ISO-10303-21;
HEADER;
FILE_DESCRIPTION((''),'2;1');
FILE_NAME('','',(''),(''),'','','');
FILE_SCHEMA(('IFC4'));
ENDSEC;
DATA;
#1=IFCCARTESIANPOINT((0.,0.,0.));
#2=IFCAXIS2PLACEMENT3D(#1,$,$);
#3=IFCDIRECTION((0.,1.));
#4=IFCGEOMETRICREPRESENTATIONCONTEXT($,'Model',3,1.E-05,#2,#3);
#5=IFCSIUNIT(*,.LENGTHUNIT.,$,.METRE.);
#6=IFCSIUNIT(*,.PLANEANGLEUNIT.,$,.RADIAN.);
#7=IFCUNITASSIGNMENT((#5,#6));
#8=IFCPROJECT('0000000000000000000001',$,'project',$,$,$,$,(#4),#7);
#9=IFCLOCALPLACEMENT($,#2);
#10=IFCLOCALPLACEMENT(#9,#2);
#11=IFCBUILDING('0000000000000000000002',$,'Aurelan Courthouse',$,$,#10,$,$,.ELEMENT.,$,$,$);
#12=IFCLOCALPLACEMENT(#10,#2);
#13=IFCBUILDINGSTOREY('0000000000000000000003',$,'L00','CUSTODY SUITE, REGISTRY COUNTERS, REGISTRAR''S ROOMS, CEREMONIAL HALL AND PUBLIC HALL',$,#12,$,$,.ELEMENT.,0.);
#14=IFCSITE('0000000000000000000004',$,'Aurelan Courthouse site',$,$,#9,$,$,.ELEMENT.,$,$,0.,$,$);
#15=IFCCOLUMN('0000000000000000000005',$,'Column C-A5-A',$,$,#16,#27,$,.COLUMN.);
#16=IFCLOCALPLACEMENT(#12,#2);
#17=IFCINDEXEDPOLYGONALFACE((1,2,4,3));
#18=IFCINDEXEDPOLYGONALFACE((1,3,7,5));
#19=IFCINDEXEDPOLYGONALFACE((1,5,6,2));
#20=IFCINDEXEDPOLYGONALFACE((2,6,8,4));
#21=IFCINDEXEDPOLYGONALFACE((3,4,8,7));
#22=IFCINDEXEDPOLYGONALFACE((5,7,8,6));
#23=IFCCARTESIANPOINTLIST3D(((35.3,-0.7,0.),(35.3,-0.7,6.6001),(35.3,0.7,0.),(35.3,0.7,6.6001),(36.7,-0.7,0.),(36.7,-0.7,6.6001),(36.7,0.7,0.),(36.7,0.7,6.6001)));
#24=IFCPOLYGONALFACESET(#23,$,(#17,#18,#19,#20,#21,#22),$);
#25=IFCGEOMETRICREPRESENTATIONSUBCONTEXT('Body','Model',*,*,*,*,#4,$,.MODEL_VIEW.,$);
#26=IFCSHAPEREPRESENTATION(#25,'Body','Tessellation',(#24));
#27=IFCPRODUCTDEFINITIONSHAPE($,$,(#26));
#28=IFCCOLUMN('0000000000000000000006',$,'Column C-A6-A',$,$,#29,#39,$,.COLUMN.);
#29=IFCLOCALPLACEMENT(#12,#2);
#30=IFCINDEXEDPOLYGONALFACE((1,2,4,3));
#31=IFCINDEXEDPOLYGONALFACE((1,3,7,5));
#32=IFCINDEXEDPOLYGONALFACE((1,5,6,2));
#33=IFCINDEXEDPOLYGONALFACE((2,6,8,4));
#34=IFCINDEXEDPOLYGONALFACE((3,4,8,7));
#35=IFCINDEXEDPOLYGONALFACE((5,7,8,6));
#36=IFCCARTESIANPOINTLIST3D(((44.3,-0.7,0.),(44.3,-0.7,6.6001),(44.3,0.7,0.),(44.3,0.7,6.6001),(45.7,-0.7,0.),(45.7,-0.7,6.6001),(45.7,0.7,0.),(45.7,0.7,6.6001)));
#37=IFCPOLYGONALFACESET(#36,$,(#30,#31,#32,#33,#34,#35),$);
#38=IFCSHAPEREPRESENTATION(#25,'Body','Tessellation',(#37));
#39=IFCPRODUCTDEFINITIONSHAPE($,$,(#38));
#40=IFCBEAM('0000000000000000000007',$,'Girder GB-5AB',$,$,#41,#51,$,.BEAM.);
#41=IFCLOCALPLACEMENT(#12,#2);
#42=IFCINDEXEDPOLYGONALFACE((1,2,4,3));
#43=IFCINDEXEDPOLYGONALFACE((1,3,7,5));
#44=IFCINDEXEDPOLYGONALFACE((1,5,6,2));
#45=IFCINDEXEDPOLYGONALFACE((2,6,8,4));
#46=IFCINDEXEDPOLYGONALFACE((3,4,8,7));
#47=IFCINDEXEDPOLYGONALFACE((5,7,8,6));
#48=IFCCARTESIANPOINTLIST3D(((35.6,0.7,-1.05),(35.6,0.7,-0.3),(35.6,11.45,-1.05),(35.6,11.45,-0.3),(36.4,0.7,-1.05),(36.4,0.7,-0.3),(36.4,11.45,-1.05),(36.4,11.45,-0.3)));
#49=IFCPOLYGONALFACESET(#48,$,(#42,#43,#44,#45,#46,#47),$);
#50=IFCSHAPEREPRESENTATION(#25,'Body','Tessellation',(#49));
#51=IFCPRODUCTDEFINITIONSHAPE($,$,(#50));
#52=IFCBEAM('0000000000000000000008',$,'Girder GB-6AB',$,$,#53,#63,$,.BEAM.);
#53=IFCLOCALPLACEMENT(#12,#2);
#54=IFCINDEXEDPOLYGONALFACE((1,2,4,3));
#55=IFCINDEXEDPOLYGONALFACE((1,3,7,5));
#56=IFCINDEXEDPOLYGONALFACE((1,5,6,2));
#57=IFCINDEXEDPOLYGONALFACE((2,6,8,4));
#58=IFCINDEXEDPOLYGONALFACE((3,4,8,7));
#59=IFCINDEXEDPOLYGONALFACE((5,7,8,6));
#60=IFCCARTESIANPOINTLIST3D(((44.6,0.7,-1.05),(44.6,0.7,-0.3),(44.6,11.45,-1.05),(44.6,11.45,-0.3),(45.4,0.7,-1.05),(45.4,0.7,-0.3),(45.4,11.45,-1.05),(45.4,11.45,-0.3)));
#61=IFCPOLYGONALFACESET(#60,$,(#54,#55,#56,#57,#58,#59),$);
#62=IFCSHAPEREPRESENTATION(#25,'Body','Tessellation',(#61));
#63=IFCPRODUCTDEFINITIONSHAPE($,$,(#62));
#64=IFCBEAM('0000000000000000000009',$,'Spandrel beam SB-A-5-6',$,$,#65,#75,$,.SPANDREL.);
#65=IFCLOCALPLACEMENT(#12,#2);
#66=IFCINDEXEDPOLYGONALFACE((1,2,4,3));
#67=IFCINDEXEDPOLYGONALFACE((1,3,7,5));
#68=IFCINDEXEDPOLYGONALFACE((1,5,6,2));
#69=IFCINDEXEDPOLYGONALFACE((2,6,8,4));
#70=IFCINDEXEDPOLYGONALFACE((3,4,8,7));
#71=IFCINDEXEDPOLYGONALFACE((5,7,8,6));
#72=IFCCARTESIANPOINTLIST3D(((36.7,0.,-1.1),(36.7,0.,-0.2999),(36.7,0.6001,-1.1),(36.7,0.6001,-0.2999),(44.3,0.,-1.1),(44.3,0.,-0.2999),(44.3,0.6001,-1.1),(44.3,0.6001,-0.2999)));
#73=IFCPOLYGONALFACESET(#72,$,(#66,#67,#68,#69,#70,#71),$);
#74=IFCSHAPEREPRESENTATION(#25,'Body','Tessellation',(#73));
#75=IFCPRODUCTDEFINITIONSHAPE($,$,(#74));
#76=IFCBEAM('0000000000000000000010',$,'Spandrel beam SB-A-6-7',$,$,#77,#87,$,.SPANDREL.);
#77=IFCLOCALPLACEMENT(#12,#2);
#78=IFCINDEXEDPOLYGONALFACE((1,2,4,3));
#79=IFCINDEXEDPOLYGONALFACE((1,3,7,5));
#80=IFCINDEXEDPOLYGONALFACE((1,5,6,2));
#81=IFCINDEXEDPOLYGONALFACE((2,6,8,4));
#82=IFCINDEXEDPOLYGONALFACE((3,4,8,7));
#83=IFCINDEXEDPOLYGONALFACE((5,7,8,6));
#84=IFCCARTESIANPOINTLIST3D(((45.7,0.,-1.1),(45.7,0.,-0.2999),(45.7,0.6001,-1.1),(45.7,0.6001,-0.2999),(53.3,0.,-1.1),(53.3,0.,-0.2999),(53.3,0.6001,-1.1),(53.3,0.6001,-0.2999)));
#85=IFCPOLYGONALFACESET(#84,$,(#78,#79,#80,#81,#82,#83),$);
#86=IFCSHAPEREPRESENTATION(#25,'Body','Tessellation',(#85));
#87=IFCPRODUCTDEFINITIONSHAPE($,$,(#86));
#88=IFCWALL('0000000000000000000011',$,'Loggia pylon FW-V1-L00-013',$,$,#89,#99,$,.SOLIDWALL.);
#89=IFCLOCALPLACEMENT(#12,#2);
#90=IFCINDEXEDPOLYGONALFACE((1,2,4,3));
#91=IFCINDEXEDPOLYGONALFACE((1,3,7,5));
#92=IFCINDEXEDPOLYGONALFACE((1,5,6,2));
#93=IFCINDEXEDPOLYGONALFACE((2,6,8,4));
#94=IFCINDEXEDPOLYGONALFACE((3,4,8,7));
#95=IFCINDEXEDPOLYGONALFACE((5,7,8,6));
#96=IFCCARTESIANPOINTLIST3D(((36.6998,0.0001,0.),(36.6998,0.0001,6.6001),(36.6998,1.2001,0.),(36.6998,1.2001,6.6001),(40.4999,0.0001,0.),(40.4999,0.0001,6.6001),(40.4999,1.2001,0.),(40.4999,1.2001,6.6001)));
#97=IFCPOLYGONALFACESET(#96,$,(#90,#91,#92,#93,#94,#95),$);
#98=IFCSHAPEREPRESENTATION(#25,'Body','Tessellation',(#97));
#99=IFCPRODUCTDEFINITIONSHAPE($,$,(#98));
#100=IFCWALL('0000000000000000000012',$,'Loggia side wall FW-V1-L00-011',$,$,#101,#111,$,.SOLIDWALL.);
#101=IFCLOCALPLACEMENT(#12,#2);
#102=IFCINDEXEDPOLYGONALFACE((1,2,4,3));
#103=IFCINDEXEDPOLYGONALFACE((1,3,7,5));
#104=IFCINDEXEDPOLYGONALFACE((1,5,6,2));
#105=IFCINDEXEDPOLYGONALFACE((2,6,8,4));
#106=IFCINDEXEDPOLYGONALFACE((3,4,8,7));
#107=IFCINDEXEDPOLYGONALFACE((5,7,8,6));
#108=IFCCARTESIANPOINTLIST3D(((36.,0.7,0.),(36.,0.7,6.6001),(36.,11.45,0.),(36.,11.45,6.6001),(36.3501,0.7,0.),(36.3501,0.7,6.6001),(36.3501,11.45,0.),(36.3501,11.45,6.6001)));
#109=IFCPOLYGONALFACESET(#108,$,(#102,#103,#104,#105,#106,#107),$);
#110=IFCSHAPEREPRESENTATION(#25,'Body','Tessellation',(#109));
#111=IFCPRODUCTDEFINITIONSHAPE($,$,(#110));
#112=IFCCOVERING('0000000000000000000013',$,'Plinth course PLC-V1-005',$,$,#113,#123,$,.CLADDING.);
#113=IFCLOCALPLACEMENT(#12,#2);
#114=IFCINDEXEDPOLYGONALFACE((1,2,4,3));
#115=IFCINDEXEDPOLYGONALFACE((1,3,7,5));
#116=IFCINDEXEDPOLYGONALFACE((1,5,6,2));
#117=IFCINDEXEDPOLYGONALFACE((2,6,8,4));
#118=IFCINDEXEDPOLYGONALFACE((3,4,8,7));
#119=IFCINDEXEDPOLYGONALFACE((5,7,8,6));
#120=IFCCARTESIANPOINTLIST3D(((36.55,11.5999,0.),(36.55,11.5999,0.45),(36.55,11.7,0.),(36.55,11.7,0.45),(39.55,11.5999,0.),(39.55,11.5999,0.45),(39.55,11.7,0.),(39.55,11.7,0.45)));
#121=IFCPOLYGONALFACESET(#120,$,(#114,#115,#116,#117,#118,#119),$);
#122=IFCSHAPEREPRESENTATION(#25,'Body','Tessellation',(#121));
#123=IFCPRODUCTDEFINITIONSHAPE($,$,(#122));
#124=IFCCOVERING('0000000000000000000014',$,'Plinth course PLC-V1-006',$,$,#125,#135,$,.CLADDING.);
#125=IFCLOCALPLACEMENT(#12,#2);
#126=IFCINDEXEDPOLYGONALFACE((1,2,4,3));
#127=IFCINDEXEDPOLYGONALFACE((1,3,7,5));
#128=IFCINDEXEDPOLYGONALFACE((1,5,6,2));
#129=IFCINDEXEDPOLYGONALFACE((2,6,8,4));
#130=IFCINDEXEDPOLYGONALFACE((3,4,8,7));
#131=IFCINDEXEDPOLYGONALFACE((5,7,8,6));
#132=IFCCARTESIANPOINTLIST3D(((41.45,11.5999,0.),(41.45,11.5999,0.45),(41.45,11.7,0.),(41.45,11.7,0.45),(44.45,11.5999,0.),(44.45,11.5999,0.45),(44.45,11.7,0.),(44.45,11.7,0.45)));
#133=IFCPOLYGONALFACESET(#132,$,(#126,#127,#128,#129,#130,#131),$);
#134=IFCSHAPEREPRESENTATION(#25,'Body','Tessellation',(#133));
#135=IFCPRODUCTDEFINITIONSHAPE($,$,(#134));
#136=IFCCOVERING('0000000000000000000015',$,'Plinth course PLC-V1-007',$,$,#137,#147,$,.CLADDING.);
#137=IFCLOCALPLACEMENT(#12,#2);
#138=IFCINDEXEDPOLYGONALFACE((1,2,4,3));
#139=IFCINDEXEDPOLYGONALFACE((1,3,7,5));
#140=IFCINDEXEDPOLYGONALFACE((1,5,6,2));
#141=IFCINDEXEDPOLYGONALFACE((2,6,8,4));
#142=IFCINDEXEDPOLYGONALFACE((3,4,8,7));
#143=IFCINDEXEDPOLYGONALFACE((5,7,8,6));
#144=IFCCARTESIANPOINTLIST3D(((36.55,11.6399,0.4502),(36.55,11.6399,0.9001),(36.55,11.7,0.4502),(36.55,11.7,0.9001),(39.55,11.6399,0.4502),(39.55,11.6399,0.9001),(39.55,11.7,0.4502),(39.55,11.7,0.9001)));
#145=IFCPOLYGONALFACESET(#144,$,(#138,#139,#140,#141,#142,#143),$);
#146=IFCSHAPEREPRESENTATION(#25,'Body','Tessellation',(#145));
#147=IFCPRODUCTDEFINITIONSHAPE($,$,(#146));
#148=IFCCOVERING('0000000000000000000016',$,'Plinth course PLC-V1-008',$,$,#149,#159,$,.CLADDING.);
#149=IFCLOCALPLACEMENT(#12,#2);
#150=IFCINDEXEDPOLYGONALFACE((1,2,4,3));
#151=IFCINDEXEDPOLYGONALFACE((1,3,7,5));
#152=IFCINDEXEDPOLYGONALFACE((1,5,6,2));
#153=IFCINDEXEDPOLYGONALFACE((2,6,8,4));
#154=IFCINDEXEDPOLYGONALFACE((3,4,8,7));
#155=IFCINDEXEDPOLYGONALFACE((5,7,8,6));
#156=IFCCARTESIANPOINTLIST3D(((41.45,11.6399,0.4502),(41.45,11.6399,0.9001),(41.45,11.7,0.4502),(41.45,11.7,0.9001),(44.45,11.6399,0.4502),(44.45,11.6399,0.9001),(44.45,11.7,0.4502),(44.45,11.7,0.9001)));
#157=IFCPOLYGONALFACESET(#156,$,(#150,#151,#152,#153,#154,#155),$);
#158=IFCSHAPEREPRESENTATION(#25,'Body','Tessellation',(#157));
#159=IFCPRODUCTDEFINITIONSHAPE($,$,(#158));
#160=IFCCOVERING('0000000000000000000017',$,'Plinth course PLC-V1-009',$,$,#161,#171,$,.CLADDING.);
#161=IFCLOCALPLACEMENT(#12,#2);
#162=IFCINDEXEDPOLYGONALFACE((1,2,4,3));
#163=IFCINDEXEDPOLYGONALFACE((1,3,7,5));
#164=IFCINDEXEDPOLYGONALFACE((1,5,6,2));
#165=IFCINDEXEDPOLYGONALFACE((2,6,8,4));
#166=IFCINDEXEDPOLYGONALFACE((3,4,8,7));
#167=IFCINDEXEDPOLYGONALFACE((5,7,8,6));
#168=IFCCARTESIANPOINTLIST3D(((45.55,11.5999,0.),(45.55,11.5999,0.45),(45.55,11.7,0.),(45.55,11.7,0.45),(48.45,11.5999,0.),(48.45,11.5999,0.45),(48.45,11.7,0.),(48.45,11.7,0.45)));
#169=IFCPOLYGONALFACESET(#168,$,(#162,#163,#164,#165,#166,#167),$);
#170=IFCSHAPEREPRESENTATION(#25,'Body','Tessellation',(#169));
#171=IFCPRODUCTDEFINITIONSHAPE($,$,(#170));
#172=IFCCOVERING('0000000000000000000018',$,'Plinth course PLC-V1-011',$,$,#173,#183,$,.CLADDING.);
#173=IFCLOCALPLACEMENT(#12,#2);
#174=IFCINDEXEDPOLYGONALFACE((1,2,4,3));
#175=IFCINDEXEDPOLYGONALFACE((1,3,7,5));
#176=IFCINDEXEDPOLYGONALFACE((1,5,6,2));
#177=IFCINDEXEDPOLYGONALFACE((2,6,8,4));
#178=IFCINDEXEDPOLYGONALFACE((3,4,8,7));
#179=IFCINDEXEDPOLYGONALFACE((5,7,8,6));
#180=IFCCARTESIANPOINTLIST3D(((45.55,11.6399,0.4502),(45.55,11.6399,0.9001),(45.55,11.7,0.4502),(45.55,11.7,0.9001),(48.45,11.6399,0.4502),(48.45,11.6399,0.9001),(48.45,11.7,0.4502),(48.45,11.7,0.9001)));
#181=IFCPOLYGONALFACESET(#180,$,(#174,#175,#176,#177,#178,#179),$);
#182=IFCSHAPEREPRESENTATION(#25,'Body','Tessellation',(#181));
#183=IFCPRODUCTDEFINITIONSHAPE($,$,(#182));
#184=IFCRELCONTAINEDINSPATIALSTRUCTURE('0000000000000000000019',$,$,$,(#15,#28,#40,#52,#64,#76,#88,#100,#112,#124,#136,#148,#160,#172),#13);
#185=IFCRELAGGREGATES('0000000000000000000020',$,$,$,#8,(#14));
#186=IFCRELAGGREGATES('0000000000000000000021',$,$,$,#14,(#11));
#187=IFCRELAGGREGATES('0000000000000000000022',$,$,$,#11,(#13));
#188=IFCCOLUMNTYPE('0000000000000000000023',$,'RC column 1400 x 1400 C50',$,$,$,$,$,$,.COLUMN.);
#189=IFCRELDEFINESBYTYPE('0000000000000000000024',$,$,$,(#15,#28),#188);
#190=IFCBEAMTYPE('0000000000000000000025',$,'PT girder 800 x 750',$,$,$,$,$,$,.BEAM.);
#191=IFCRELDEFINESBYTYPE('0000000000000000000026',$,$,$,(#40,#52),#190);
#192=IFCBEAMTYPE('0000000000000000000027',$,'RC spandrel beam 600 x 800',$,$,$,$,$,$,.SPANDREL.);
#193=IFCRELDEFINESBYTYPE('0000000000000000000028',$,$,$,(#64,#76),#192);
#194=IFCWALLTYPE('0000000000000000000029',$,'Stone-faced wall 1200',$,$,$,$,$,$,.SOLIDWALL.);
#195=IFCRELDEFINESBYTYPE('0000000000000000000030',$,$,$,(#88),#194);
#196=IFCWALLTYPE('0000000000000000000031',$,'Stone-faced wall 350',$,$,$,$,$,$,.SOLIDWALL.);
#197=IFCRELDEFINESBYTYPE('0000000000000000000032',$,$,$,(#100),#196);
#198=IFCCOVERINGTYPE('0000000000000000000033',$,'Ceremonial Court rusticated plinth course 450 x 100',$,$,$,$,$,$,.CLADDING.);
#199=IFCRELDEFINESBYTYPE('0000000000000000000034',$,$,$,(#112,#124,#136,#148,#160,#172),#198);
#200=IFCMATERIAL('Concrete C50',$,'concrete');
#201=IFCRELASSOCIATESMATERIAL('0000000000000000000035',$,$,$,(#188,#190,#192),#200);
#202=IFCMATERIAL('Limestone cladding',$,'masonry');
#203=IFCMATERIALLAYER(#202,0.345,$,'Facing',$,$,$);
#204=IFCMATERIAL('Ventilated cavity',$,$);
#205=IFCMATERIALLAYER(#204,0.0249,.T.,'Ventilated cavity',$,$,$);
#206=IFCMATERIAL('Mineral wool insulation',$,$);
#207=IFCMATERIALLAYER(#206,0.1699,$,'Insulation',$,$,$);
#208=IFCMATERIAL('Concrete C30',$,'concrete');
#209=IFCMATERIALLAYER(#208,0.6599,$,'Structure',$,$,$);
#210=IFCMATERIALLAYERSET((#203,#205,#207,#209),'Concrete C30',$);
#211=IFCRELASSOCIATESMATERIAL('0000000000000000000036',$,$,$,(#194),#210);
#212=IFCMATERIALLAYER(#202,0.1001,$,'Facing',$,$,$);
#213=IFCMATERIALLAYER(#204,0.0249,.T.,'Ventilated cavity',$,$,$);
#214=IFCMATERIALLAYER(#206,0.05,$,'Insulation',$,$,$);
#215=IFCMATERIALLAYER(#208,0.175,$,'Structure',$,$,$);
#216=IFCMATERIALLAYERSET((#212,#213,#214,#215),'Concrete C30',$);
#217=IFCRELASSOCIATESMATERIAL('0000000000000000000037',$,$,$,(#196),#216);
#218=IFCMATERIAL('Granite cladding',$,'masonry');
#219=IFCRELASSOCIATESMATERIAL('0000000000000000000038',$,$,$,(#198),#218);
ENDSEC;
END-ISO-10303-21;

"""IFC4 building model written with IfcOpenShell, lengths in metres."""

from ifc_helpers import new_model, si_unit, direction, frame, frame_2d, origin, origin_2d, place, context, subcontext, project, spatial, rectangle, extrude, material, layer, layer_set, material_profile, profile_set, type_object, element, save


model = new_model("IFC4")

# Units and contexts
model_context = context("Model", 3, precision=1e-05, world=origin(), true_north=direction((0.0, 1.0)))
body_context = subcontext(model_context, "Body", "Model", "MODEL_VIEW")
ifc_project = project(units=[si_unit("LENGTHUNIT", "METRE"), si_unit("PLANEANGLEUNIT", "RADIAN")], contexts=[model_context])

# Site, building, storey
site_placement = place(None, origin())
site = spatial("IfcSite", under=ifc_project, at=site_placement, Name="Aurelan Courthouse site", CompositionType="ELEMENT", RefElevation=0.0)
building_placement = place(site_placement, origin())
building = spatial("IfcBuilding", under=site, at=building_placement, Name="Aurelan Courthouse", CompositionType="ELEMENT")
storey_placement = place(building_placement, origin())
storey = spatial("IfcBuildingStorey", under=building, at=storey_placement, Name="L00", Description="CUSTODY SUITE, REGISTRY COUNTERS, REGISTRAR'S ROOMS, CEREMONIAL HALL AND PUBLIC HALL", CompositionType="ELEMENT", Elevation=0.0)

# Columns
ifc_material_1 = material(Name="Concrete C50", Category="concrete")
ifc_material_profile_1 = material_profile(ifc_material_1, rectangle(XDim=1.3999, YDim=1.3999, at=origin_2d()), Name="RC 1400 x 1400")
ifc_profile_set_1 = profile_set([ifc_material_profile_1], Name="Concrete C50")
column_type = type_object("IfcColumnType", Name="RC column 1400 x 1400 C50", PredefinedType="COLUMN", material=ifc_profile_set_1)
for number, where, z_axis, x_axis, name in (
    (1, (36.0, 0.0, 0.0), (0.0, 0.0, 1.0), (1.0, 0.0, 0.0), "Column C-A5-A"),
    (2, (45.0, 0.0, 0.0), (0.0, 0.0, 1.0), (1.0, 0.0, 0.0), "Column C-A6-A"),
):
    element("IfcColumn", number, at=place(storey_placement, frame(where, z_axis=z_axis, x_axis=x_axis)), inside=storey, type_object=column_type, Name=name, PredefinedType="COLUMN", context=body_context, shape_type="SweptSolid", body=[
        extrude(rectangle(XDim=1.3999, YDim=1.3999, at=origin_2d()), origin(), (0.0, 0.0, 1.0), 6.6001),
    ])

# Beams
ifc_material_profile_2 = material_profile(ifc_material_1, rectangle(XDim=0.8, YDim=0.75, at=origin_2d()), Name="RC 800 x 750")
ifc_profile_set_2 = profile_set([ifc_material_profile_2], Name="Concrete C50")
beam_type_1 = type_object("IfcBeamType", Name="PT girder 800 x 750", PredefinedType="BEAM", material=ifc_profile_set_2)
for number, where, z_axis, x_axis, name in (
    (3, (36.0, 0.7, -0.675), (0.0, 1.0, 0.0), (-1.0, 0.0, 0.0), "Girder GB-5AB"),
    (4, (45.0, 0.7, -0.675), (0.0, 1.0, 0.0), (-1.0, 0.0, 0.0), "Girder GB-6AB"),
):
    element("IfcBeam", number, at=place(storey_placement, frame(where, z_axis=z_axis, x_axis=x_axis)), inside=storey, type_object=beam_type_1, Name=name, PredefinedType="BEAM", context=body_context, shape_type="SweptSolid", body=[
        extrude(rectangle(XDim=0.8, YDim=0.75, at=origin_2d()), origin(), (0.0, 0.0, 1.0), 10.75),
    ])
ifc_material_profile_3 = material_profile(ifc_material_1, rectangle(XDim=0.6001, YDim=0.8, at=origin_2d()), Name="RC 600 x 800")
ifc_profile_set_3 = profile_set([ifc_material_profile_3], Name="Concrete C50")
beam_type_2 = type_object("IfcBeamType", Name="RC spandrel beam 600 x 800", PredefinedType="SPANDREL", material=ifc_profile_set_3)
for number, where, z_axis, x_axis, name in (
    (5, (36.7, 0.3, -0.7), (1.0, 0.0, 0.0), (0.0, 1.0, 0.0), "Spandrel beam SB-A-5-6"),
    (6, (45.7, 0.3, -0.7), (1.0, 0.0, 0.0), (0.0, 1.0, 0.0), "Spandrel beam SB-A-6-7"),
):
    element("IfcBeam", number, at=place(storey_placement, frame(where, z_axis=z_axis, x_axis=x_axis)), inside=storey, type_object=beam_type_2, Name=name, PredefinedType="SPANDREL", context=body_context, shape_type="SweptSolid", body=[
        extrude(rectangle(XDim=0.6001, YDim=0.8, at=origin_2d()), origin(), (0.0, 0.0, 1.0), 7.6001),
    ])

# Walls
ifc_material_2 = material(Name="Limestone cladding", Category="masonry")
ifc_layer_1 = layer(ifc_material_2, 0.345, Name="Facing")
ifc_material_3 = material(Name="Ventilated cavity")
ifc_layer_2 = layer(ifc_material_3, 0.0249, ventilated=True, Name="Ventilated cavity")
ifc_material_4 = material(Name="Mineral wool insulation")
ifc_layer_3 = layer(ifc_material_4, 0.1699, Name="Insulation")
ifc_material_5 = material(Name="Concrete C30", Category="concrete")
ifc_layer_4 = layer(ifc_material_5, 0.6599, Name="Structure")
ifc_layer_set_1 = layer_set([ifc_layer_1, ifc_layer_2, ifc_layer_3, ifc_layer_4], Name="Concrete C30")
wall_type_1 = type_object("IfcWallType", Name="Stone-faced wall 1200", PredefinedType="SOLIDWALL", material=ifc_layer_set_1)
wall_1_placement = place(storey_placement, frame((36.7, 0.6001, 0.0), z_axis=(0.0, 0.0, 1.0), x_axis=(1.0, 0.0, 0.0)))
element("IfcWall", 7, at=wall_1_placement, inside=storey, type_object=wall_type_1, Name="Loggia pylon FW-V1-L00-013", PredefinedType="SOLIDWALL", context=body_context, shape_type="SweptSolid", body=[
    extrude(rectangle(XDim=3.8, YDim=1.2, at=frame_2d((1.8999, 0.0))), origin(), (0.0, 0.0, 1.0), 6.6001),
])
ifc_layer_5 = layer(ifc_material_2, 0.1001, Name="Facing")
ifc_layer_6 = layer(ifc_material_3, 0.0249, ventilated=True, Name="Ventilated cavity")
ifc_layer_7 = layer(ifc_material_4, 0.05, Name="Insulation")
ifc_layer_8 = layer(ifc_material_5, 0.175, Name="Structure")
ifc_layer_set_2 = layer_set([ifc_layer_5, ifc_layer_6, ifc_layer_7, ifc_layer_8], Name="Concrete C30")
wall_type_2 = type_object("IfcWallType", Name="Stone-faced wall 350", PredefinedType="SOLIDWALL", material=ifc_layer_set_2)
wall_2_placement = place(storey_placement, frame((36.175, 0.7, 0.0), z_axis=(0.0, 0.0, 1.0), x_axis=(0.0, 1.0, 0.0)))
element("IfcWall", 8, at=wall_2_placement, inside=storey, type_object=wall_type_2, Name="Loggia side wall FW-V1-L00-011", PredefinedType="SOLIDWALL", context=body_context, shape_type="SweptSolid", body=[
    extrude(rectangle(XDim=10.75, YDim=0.3501, at=frame_2d((5.375, 0.0))), origin(), (0.0, 0.0, 1.0), 6.6001),
])

# Coverings
ifc_material_6 = material(Name="Granite cladding", Category="masonry")
covering_type_1 = type_object("IfcCoveringType", Name="Ceremonial Court rusticated plinth course 450 x 100", PredefinedType="CLADDING", material=ifc_material_6)
for number, where, z_axis, x_axis, name in (
    (9, (38.05, 11.6499, 0.0), (0.0, 0.0, 1.0), (1.0, 0.0, 0.0), "Plinth course PLC-V1-005"),
    (10, (42.95, 11.6499, 0.0), (0.0, 0.0, 1.0), (1.0, 0.0, 0.0), "Plinth course PLC-V1-006"),
):
    element("IfcCovering", number, at=place(storey_placement, frame(where, z_axis=z_axis, x_axis=x_axis)), inside=storey, type_object=covering_type_1, Name=name, PredefinedType="CLADDING", context=body_context, shape_type="SweptSolid", body=[
        extrude(rectangle(XDim=3.0, YDim=0.1001, at=origin_2d()), origin(), (0.0, 0.0, 1.0), 0.45),
    ])
for number, where, z_axis, x_axis, name in (
    (11, (38.05, 11.6699, 0.4502), (0.0, 0.0, 1.0), (1.0, 0.0, 0.0), "Plinth course PLC-V1-007"),
    (12, (42.95, 11.6699, 0.4502), (0.0, 0.0, 1.0), (1.0, 0.0, 0.0), "Plinth course PLC-V1-008"),
):
    element("IfcCovering", number, at=place(storey_placement, frame(where, z_axis=z_axis, x_axis=x_axis)), inside=storey, type_object=covering_type_1, Name=name, PredefinedType="CLADDING", context=body_context, shape_type="SweptSolid", body=[
        extrude(rectangle(XDim=3.0, YDim=0.0601, at=origin_2d()), origin(), (0.0, 0.0, 1.0), 0.45),
    ])
covering_1_placement = place(storey_placement, frame((47.0, 11.6499, 0.0), z_axis=(0.0, 0.0, 1.0), x_axis=(1.0, 0.0, 0.0)))
element("IfcCovering", 13, at=covering_1_placement, inside=storey, type_object=covering_type_1, Name="Plinth course PLC-V1-009", PredefinedType="CLADDING", context=body_context, shape_type="SweptSolid", body=[
    extrude(rectangle(XDim=2.8999, YDim=0.1001, at=origin_2d()), origin(), (0.0, 0.0, 1.0), 0.45),
])
covering_2_placement = place(storey_placement, frame((47.0, 11.6699, 0.4502), z_axis=(0.0, 0.0, 1.0), x_axis=(1.0, 0.0, 0.0)))
element("IfcCovering", 14, at=covering_2_placement, inside=storey, type_object=covering_type_1, Name="Plinth course PLC-V1-011", PredefinedType="CLADDING", context=body_context, shape_type="SweptSolid", body=[
    extrude(rectangle(XDim=2.8999, YDim=0.0601, at=origin_2d()), origin(), (0.0, 0.0, 1.0), 0.45),
])

save(model, "model.ifc")
